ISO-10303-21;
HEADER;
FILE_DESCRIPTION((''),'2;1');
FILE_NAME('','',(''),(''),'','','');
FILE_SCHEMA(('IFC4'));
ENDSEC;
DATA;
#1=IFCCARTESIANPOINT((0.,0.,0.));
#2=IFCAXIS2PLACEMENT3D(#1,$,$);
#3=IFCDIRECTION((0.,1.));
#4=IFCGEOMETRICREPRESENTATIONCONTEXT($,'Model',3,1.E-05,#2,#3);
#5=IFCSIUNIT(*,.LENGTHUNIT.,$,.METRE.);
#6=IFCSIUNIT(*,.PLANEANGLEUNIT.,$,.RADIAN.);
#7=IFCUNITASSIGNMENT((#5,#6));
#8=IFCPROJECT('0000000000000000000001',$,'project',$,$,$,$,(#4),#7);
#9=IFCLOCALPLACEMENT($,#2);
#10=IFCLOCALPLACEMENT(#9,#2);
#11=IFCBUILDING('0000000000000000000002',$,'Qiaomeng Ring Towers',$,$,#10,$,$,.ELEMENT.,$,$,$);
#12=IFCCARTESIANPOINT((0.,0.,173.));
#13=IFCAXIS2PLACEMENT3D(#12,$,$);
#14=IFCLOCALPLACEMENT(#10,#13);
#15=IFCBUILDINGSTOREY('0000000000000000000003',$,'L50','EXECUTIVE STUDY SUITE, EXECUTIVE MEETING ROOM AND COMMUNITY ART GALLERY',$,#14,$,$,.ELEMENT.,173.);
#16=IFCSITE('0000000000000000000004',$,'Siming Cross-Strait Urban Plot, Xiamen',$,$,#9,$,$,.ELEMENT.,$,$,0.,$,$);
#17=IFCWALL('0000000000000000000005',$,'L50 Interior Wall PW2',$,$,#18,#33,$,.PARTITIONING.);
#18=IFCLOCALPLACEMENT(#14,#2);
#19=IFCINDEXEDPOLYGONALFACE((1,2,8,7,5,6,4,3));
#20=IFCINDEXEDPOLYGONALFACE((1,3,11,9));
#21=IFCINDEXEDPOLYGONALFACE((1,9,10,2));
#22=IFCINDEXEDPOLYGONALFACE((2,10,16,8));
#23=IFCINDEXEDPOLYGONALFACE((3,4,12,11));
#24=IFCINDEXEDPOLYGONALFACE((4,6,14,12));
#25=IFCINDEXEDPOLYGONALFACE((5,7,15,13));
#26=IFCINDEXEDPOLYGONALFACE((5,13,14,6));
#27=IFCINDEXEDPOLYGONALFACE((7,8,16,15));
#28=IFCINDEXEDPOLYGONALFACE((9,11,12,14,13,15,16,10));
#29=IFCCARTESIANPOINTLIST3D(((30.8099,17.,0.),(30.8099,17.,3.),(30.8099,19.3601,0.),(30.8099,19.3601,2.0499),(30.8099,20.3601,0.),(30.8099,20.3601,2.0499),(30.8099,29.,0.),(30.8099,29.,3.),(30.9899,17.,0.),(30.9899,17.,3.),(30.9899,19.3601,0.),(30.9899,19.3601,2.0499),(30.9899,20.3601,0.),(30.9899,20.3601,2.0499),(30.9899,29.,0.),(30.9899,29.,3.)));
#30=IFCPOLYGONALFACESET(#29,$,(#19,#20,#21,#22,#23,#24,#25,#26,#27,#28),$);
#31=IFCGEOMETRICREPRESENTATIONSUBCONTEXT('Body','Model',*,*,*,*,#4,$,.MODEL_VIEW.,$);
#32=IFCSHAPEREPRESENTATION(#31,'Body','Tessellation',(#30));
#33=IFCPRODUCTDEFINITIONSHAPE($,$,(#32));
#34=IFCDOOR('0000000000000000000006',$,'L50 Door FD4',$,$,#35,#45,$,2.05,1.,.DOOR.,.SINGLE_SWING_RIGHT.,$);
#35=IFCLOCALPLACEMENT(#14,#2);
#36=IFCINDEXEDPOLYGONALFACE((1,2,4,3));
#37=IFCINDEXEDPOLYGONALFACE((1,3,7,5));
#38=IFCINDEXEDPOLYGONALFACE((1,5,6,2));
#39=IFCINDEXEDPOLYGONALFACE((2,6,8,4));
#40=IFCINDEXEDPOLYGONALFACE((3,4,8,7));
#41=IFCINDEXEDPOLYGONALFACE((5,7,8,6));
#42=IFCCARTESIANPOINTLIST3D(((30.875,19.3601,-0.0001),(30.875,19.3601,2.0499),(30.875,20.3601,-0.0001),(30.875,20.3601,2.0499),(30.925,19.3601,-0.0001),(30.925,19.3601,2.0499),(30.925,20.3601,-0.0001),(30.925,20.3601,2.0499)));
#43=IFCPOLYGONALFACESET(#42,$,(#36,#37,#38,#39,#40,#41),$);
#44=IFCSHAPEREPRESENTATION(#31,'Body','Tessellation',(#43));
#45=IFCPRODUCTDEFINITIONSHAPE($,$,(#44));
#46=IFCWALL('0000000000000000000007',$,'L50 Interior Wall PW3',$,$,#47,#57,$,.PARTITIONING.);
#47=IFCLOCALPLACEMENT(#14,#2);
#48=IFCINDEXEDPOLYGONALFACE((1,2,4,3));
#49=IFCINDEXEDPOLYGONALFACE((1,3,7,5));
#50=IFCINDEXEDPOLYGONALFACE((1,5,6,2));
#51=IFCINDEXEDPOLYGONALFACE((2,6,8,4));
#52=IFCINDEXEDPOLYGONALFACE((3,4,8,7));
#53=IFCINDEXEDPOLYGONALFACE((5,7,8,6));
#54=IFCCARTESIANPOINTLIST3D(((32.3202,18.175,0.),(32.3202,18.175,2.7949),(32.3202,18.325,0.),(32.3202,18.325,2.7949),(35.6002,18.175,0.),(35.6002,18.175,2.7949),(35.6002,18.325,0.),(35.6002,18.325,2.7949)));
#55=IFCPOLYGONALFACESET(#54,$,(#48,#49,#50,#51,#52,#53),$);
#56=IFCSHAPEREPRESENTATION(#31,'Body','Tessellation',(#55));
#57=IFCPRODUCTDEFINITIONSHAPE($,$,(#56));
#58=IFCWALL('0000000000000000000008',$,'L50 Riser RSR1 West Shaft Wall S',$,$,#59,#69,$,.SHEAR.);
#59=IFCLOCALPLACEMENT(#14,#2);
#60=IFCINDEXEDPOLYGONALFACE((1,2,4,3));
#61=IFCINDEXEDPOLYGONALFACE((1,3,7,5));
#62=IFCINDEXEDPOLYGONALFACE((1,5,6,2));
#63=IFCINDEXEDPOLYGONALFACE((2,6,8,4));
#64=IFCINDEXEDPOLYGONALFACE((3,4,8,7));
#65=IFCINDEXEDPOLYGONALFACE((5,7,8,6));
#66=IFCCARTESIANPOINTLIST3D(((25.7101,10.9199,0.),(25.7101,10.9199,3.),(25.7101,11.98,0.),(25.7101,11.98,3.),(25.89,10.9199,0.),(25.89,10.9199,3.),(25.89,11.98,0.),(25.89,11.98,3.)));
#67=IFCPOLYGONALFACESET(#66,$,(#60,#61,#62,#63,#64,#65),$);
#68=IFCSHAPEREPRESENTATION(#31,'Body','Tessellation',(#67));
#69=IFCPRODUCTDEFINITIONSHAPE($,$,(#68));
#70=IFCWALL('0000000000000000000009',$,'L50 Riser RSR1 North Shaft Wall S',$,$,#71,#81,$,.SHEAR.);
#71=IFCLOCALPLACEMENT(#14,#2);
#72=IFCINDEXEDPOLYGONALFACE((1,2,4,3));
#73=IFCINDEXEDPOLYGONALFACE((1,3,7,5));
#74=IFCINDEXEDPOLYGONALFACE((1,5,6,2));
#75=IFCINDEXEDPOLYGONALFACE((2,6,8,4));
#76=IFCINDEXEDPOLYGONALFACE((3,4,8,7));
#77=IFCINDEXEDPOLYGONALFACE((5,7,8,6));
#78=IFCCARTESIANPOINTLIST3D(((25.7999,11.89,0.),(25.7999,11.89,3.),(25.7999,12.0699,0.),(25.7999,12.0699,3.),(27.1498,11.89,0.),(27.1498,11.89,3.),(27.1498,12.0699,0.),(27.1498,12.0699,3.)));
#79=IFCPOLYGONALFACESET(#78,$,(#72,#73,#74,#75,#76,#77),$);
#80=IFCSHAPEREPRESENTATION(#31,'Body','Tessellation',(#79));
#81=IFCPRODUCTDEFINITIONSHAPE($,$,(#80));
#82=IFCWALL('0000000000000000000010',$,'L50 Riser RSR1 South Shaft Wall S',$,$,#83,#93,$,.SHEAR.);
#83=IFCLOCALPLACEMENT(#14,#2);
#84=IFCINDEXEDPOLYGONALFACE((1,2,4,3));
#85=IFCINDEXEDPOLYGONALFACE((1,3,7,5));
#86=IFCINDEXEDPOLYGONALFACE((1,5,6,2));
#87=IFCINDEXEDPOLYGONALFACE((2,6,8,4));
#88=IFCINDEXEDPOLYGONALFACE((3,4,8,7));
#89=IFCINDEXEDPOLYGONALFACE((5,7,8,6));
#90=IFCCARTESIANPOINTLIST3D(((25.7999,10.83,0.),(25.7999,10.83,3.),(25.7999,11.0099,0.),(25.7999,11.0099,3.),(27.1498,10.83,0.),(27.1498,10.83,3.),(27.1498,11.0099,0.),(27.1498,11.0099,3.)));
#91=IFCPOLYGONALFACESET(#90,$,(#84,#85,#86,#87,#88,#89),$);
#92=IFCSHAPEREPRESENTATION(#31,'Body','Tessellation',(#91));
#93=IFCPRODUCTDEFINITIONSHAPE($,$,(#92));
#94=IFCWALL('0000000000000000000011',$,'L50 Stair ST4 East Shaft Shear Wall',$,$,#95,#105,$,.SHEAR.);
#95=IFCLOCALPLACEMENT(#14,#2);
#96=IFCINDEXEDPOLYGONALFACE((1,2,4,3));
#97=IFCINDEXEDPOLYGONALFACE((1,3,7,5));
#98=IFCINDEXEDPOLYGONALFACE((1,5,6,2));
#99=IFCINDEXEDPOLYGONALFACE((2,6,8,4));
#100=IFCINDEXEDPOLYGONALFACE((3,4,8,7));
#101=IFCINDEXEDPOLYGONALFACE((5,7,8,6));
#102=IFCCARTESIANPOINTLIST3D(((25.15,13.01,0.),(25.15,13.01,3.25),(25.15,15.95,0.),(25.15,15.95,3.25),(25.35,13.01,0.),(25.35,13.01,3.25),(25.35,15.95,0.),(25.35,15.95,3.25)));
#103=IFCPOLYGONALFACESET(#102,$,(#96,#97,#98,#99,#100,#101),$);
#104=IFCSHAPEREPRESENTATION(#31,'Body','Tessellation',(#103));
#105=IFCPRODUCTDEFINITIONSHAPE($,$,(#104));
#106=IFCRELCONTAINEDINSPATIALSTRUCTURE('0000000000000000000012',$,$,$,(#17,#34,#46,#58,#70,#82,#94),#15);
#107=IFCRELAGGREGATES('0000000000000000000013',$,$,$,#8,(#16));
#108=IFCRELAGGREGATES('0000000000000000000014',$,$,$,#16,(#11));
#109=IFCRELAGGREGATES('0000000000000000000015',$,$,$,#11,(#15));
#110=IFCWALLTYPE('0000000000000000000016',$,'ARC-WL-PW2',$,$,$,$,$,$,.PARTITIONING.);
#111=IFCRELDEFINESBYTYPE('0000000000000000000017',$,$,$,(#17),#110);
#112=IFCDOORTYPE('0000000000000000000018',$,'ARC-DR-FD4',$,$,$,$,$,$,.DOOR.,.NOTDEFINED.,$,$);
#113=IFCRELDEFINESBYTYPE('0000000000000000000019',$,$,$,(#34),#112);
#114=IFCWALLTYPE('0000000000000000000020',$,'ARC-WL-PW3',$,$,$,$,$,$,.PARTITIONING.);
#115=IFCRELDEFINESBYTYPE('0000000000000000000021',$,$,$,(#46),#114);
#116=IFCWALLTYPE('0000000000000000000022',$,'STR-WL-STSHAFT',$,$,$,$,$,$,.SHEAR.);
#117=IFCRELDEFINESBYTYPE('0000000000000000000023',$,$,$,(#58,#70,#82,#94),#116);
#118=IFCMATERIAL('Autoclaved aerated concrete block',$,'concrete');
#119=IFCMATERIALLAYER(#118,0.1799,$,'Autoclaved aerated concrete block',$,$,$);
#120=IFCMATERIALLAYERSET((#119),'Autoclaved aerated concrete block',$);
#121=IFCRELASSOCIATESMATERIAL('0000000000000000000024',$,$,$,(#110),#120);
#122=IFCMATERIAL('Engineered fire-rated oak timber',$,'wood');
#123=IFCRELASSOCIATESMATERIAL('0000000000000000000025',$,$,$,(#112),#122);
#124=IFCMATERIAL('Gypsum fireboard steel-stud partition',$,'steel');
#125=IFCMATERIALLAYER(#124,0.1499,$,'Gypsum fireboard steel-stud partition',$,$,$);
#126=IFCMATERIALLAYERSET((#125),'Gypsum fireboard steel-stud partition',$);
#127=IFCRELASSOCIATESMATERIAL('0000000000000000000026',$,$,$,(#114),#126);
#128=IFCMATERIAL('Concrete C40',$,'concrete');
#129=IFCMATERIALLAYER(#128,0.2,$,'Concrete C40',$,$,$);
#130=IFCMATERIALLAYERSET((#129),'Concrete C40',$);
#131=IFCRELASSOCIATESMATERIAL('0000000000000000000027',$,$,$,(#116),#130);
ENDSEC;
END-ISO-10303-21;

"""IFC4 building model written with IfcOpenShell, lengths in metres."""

from ifc_helpers import new_model, si_unit, direction, frame, frame_2d, origin, place, context, subcontext, project, spatial, rectangle, extrude, source, transform, mapped, material, layer, layer_set, type_object, element, fill, save


model = new_model("IFC4")

# Units and contexts
model_context = context("Model", 3, precision=1e-05, world=origin(), true_north=direction((0.0, 1.0)))
body_context = subcontext(model_context, "Body", "Model", "MODEL_VIEW")
ifc_project = project(units=[si_unit("LENGTHUNIT", "METRE"), si_unit("PLANEANGLEUNIT", "RADIAN")], contexts=[model_context])

# Site, building, storey
site_placement = place(None, origin())
site = spatial("IfcSite", under=ifc_project, at=site_placement, Name="Siming Cross-Strait Urban Plot, Xiamen", CompositionType="ELEMENT", RefElevation=0.0)
building_placement = place(site_placement, origin())
building = spatial("IfcBuilding", under=site, at=building_placement, Name="Qiaomeng Ring Towers", CompositionType="ELEMENT")
storey_placement = place(building_placement, frame((0.0, 0.0, 173.0)))
storey = spatial("IfcBuildingStorey", under=building, at=storey_placement, Name="L50", Description="EXECUTIVE STUDY SUITE, EXECUTIVE MEETING ROOM AND COMMUNITY ART GALLERY", CompositionType="ELEMENT", Elevation=173.0)

# Shared definitions
ifc_material_1 = material(Name="Autoclaved aerated concrete block", Category="concrete")

# Wall, opening, door
ifc_layer_1 = layer(ifc_material_1, 0.1799, Name="Autoclaved aerated concrete block")
ifc_layer_set_1 = layer_set([ifc_layer_1], Name="Autoclaved aerated concrete block")
wall_type_1 = type_object("IfcWallType", Name="ARC-WL-PW2", PredefinedType="PARTITIONING", material=ifc_layer_set_1)
wall_1_placement = place(storey_placement, frame((30.8999, 17.0, 0.0), z_axis=(0.0, 0.0, 1.0), x_axis=(0.0, 1.0, 0.0)))
wall_1 = element("IfcWall", 1, at=wall_1_placement, inside=storey, type_object=wall_type_1, Name="L50 Interior Wall PW2", PredefinedType="PARTITIONING", context=body_context, shape_type="SweptSolid", body=[
    extrude(rectangle(XDim=12.0, YDim=0.1799, at=frame_2d((6.0, 0.0))), origin(), (0.0, 0.0, 1.0), 3.0),
])
opening_1_placement = place(wall_1_placement, frame((2.3601, 0.0, 0.0)))
opening_1 = element("IfcOpeningElement", 2, at=opening_1_placement, cuts=wall_1, PredefinedType="OPENING", context=body_context, shape_type="SweptSolid", body=[
    extrude(rectangle(XDim=1.0, YDim=2.05, at=frame_2d((0.5, 1.0249))), frame((0.0, 0.0999, 0.0), z_axis=(0.0, -1.0, 0.0), x_axis=(1.0, 0.0, 0.0)), (0.0, 0.0, 1.0), 0.2),
])
ifc_material_2 = material(Name="Engineered fire-rated oak timber", Category="wood")
door_type_1 = type_object("IfcDoorType", Name="ARC-DR-FD4", OperationType="NOTDEFINED", PredefinedType="DOOR", material=ifc_material_2)
shared_shape_1 = source(origin(), body_context, "Body", "SweptSolid", [
    extrude(rectangle(XDim=1.0, YDim=2.05, at=frame_2d((0.5, 1.0249))), frame((0.0, 0.0249, 0.0), z_axis=(0.0, -1.0, 0.0), x_axis=(1.0, 0.0, 0.0)), (0.0, 0.0, 1.0), 0.05),
])
door_1_placement = place(opening_1_placement, origin())
door_1 = element("IfcDoor", 3, at=door_1_placement, inside=storey, type_object=door_type_1, Name="L50 Door FD4", OperationType="SINGLE_SWING_RIGHT", OverallHeight=2.05, OverallWidth=1.0, PredefinedType="DOOR", context=body_context, shape_type="MappedRepresentation", body=[
    mapped(shared_shape_1, transform((0.0, 0.0, 0.0), x_axis=(1.0, 0.0, 0.0), y_axis=(0.0, 1.0, 0.0), z_axis=(0.0, 0.0, 1.0), scale=1.0)),
])
fill(opening_1, door_1)

# Walls
ifc_material_3 = material(Name="Gypsum fireboard steel-stud partition", Category="steel")
ifc_layer_2 = layer(ifc_material_3, 0.1499, Name="Gypsum fireboard steel-stud partition")
ifc_layer_set_2 = layer_set([ifc_layer_2], Name="Gypsum fireboard steel-stud partition")
wall_type_2 = type_object("IfcWallType", Name="ARC-WL-PW3", PredefinedType="PARTITIONING", material=ifc_layer_set_2)
wall_2_placement = place(storey_placement, frame((32.3201, 18.25, 0.0), z_axis=(0.0, 0.0, 1.0), x_axis=(1.0, 0.0, 0.0)))
element("IfcWall", 4, at=wall_2_placement, inside=storey, type_object=wall_type_2, Name="L50 Interior Wall PW3", PredefinedType="PARTITIONING", context=body_context, shape_type="SweptSolid", body=[
    extrude(rectangle(XDim=3.28, YDim=0.1499, at=frame_2d((1.6401, 0.0))), origin(), (0.0, 0.0, 1.0), 2.7949),
])
ifc_material_4 = material(Name="Concrete C40", Category="concrete")
ifc_layer_3 = layer(ifc_material_4, 0.2, Name="Concrete C40")
ifc_layer_set_3 = layer_set([ifc_layer_3], Name="Concrete C40")
wall_type_3 = type_object("IfcWallType", Name="STR-WL-STSHAFT", PredefinedType="SHEAR", material=ifc_layer_set_3)
wall_3_placement = place(storey_placement, frame((25.8, 10.9199, 0.0), z_axis=(0.0, 0.0, 1.0), x_axis=(0.0, 1.0, 0.0)))
element("IfcWall", 5, at=wall_3_placement, inside=storey, type_object=wall_type_3, Name="L50 Riser RSR1 West Shaft Wall S", PredefinedType="SHEAR", context=body_context, shape_type="SweptSolid", body=[
    extrude(rectangle(XDim=1.0601, YDim=0.1799, at=frame_2d((0.53, 0.0))), origin(), (0.0, 0.0, 1.0), 3.0),
])
for number, where, z_axis, x_axis, name in (
    (6, (25.8, 11.98, 0.0), (0.0, 0.0, 1.0), (1.0, 0.0, 0.0), "L50 Riser RSR1 North Shaft Wall S"),
    (7, (25.8, 10.9199, 0.0), (0.0, 0.0, 1.0), (1.0, 0.0, 0.0), "L50 Riser RSR1 South Shaft Wall S"),
):
    element("IfcWall", number, at=place(storey_placement, frame(where, z_axis=z_axis, x_axis=x_axis)), inside=storey, type_object=wall_type_3, Name=name, PredefinedType="SHEAR", context=body_context, shape_type="SweptSolid", body=[
        extrude(rectangle(XDim=1.3499, YDim=0.1799, at=frame_2d((0.6748, 0.0))), origin(), (0.0, 0.0, 1.0), 3.0),
    ])
wall_4_placement = place(storey_placement, frame((25.25, 13.01, 0.0), z_axis=(0.0, 0.0, 1.0), x_axis=(0.0, 1.0, 0.0)))
element("IfcWall", 8, at=wall_4_placement, inside=storey, type_object=wall_type_3, Name="L50 Stair ST4 East Shaft Shear Wall", PredefinedType="SHEAR", context=body_context, shape_type="SweptSolid", body=[
    extrude(rectangle(XDim=2.9399, YDim=0.2, at=frame_2d((1.47, 0.0))), origin(), (0.0, 0.0, 1.0), 3.25),
])

save(model, "model.ifc")
